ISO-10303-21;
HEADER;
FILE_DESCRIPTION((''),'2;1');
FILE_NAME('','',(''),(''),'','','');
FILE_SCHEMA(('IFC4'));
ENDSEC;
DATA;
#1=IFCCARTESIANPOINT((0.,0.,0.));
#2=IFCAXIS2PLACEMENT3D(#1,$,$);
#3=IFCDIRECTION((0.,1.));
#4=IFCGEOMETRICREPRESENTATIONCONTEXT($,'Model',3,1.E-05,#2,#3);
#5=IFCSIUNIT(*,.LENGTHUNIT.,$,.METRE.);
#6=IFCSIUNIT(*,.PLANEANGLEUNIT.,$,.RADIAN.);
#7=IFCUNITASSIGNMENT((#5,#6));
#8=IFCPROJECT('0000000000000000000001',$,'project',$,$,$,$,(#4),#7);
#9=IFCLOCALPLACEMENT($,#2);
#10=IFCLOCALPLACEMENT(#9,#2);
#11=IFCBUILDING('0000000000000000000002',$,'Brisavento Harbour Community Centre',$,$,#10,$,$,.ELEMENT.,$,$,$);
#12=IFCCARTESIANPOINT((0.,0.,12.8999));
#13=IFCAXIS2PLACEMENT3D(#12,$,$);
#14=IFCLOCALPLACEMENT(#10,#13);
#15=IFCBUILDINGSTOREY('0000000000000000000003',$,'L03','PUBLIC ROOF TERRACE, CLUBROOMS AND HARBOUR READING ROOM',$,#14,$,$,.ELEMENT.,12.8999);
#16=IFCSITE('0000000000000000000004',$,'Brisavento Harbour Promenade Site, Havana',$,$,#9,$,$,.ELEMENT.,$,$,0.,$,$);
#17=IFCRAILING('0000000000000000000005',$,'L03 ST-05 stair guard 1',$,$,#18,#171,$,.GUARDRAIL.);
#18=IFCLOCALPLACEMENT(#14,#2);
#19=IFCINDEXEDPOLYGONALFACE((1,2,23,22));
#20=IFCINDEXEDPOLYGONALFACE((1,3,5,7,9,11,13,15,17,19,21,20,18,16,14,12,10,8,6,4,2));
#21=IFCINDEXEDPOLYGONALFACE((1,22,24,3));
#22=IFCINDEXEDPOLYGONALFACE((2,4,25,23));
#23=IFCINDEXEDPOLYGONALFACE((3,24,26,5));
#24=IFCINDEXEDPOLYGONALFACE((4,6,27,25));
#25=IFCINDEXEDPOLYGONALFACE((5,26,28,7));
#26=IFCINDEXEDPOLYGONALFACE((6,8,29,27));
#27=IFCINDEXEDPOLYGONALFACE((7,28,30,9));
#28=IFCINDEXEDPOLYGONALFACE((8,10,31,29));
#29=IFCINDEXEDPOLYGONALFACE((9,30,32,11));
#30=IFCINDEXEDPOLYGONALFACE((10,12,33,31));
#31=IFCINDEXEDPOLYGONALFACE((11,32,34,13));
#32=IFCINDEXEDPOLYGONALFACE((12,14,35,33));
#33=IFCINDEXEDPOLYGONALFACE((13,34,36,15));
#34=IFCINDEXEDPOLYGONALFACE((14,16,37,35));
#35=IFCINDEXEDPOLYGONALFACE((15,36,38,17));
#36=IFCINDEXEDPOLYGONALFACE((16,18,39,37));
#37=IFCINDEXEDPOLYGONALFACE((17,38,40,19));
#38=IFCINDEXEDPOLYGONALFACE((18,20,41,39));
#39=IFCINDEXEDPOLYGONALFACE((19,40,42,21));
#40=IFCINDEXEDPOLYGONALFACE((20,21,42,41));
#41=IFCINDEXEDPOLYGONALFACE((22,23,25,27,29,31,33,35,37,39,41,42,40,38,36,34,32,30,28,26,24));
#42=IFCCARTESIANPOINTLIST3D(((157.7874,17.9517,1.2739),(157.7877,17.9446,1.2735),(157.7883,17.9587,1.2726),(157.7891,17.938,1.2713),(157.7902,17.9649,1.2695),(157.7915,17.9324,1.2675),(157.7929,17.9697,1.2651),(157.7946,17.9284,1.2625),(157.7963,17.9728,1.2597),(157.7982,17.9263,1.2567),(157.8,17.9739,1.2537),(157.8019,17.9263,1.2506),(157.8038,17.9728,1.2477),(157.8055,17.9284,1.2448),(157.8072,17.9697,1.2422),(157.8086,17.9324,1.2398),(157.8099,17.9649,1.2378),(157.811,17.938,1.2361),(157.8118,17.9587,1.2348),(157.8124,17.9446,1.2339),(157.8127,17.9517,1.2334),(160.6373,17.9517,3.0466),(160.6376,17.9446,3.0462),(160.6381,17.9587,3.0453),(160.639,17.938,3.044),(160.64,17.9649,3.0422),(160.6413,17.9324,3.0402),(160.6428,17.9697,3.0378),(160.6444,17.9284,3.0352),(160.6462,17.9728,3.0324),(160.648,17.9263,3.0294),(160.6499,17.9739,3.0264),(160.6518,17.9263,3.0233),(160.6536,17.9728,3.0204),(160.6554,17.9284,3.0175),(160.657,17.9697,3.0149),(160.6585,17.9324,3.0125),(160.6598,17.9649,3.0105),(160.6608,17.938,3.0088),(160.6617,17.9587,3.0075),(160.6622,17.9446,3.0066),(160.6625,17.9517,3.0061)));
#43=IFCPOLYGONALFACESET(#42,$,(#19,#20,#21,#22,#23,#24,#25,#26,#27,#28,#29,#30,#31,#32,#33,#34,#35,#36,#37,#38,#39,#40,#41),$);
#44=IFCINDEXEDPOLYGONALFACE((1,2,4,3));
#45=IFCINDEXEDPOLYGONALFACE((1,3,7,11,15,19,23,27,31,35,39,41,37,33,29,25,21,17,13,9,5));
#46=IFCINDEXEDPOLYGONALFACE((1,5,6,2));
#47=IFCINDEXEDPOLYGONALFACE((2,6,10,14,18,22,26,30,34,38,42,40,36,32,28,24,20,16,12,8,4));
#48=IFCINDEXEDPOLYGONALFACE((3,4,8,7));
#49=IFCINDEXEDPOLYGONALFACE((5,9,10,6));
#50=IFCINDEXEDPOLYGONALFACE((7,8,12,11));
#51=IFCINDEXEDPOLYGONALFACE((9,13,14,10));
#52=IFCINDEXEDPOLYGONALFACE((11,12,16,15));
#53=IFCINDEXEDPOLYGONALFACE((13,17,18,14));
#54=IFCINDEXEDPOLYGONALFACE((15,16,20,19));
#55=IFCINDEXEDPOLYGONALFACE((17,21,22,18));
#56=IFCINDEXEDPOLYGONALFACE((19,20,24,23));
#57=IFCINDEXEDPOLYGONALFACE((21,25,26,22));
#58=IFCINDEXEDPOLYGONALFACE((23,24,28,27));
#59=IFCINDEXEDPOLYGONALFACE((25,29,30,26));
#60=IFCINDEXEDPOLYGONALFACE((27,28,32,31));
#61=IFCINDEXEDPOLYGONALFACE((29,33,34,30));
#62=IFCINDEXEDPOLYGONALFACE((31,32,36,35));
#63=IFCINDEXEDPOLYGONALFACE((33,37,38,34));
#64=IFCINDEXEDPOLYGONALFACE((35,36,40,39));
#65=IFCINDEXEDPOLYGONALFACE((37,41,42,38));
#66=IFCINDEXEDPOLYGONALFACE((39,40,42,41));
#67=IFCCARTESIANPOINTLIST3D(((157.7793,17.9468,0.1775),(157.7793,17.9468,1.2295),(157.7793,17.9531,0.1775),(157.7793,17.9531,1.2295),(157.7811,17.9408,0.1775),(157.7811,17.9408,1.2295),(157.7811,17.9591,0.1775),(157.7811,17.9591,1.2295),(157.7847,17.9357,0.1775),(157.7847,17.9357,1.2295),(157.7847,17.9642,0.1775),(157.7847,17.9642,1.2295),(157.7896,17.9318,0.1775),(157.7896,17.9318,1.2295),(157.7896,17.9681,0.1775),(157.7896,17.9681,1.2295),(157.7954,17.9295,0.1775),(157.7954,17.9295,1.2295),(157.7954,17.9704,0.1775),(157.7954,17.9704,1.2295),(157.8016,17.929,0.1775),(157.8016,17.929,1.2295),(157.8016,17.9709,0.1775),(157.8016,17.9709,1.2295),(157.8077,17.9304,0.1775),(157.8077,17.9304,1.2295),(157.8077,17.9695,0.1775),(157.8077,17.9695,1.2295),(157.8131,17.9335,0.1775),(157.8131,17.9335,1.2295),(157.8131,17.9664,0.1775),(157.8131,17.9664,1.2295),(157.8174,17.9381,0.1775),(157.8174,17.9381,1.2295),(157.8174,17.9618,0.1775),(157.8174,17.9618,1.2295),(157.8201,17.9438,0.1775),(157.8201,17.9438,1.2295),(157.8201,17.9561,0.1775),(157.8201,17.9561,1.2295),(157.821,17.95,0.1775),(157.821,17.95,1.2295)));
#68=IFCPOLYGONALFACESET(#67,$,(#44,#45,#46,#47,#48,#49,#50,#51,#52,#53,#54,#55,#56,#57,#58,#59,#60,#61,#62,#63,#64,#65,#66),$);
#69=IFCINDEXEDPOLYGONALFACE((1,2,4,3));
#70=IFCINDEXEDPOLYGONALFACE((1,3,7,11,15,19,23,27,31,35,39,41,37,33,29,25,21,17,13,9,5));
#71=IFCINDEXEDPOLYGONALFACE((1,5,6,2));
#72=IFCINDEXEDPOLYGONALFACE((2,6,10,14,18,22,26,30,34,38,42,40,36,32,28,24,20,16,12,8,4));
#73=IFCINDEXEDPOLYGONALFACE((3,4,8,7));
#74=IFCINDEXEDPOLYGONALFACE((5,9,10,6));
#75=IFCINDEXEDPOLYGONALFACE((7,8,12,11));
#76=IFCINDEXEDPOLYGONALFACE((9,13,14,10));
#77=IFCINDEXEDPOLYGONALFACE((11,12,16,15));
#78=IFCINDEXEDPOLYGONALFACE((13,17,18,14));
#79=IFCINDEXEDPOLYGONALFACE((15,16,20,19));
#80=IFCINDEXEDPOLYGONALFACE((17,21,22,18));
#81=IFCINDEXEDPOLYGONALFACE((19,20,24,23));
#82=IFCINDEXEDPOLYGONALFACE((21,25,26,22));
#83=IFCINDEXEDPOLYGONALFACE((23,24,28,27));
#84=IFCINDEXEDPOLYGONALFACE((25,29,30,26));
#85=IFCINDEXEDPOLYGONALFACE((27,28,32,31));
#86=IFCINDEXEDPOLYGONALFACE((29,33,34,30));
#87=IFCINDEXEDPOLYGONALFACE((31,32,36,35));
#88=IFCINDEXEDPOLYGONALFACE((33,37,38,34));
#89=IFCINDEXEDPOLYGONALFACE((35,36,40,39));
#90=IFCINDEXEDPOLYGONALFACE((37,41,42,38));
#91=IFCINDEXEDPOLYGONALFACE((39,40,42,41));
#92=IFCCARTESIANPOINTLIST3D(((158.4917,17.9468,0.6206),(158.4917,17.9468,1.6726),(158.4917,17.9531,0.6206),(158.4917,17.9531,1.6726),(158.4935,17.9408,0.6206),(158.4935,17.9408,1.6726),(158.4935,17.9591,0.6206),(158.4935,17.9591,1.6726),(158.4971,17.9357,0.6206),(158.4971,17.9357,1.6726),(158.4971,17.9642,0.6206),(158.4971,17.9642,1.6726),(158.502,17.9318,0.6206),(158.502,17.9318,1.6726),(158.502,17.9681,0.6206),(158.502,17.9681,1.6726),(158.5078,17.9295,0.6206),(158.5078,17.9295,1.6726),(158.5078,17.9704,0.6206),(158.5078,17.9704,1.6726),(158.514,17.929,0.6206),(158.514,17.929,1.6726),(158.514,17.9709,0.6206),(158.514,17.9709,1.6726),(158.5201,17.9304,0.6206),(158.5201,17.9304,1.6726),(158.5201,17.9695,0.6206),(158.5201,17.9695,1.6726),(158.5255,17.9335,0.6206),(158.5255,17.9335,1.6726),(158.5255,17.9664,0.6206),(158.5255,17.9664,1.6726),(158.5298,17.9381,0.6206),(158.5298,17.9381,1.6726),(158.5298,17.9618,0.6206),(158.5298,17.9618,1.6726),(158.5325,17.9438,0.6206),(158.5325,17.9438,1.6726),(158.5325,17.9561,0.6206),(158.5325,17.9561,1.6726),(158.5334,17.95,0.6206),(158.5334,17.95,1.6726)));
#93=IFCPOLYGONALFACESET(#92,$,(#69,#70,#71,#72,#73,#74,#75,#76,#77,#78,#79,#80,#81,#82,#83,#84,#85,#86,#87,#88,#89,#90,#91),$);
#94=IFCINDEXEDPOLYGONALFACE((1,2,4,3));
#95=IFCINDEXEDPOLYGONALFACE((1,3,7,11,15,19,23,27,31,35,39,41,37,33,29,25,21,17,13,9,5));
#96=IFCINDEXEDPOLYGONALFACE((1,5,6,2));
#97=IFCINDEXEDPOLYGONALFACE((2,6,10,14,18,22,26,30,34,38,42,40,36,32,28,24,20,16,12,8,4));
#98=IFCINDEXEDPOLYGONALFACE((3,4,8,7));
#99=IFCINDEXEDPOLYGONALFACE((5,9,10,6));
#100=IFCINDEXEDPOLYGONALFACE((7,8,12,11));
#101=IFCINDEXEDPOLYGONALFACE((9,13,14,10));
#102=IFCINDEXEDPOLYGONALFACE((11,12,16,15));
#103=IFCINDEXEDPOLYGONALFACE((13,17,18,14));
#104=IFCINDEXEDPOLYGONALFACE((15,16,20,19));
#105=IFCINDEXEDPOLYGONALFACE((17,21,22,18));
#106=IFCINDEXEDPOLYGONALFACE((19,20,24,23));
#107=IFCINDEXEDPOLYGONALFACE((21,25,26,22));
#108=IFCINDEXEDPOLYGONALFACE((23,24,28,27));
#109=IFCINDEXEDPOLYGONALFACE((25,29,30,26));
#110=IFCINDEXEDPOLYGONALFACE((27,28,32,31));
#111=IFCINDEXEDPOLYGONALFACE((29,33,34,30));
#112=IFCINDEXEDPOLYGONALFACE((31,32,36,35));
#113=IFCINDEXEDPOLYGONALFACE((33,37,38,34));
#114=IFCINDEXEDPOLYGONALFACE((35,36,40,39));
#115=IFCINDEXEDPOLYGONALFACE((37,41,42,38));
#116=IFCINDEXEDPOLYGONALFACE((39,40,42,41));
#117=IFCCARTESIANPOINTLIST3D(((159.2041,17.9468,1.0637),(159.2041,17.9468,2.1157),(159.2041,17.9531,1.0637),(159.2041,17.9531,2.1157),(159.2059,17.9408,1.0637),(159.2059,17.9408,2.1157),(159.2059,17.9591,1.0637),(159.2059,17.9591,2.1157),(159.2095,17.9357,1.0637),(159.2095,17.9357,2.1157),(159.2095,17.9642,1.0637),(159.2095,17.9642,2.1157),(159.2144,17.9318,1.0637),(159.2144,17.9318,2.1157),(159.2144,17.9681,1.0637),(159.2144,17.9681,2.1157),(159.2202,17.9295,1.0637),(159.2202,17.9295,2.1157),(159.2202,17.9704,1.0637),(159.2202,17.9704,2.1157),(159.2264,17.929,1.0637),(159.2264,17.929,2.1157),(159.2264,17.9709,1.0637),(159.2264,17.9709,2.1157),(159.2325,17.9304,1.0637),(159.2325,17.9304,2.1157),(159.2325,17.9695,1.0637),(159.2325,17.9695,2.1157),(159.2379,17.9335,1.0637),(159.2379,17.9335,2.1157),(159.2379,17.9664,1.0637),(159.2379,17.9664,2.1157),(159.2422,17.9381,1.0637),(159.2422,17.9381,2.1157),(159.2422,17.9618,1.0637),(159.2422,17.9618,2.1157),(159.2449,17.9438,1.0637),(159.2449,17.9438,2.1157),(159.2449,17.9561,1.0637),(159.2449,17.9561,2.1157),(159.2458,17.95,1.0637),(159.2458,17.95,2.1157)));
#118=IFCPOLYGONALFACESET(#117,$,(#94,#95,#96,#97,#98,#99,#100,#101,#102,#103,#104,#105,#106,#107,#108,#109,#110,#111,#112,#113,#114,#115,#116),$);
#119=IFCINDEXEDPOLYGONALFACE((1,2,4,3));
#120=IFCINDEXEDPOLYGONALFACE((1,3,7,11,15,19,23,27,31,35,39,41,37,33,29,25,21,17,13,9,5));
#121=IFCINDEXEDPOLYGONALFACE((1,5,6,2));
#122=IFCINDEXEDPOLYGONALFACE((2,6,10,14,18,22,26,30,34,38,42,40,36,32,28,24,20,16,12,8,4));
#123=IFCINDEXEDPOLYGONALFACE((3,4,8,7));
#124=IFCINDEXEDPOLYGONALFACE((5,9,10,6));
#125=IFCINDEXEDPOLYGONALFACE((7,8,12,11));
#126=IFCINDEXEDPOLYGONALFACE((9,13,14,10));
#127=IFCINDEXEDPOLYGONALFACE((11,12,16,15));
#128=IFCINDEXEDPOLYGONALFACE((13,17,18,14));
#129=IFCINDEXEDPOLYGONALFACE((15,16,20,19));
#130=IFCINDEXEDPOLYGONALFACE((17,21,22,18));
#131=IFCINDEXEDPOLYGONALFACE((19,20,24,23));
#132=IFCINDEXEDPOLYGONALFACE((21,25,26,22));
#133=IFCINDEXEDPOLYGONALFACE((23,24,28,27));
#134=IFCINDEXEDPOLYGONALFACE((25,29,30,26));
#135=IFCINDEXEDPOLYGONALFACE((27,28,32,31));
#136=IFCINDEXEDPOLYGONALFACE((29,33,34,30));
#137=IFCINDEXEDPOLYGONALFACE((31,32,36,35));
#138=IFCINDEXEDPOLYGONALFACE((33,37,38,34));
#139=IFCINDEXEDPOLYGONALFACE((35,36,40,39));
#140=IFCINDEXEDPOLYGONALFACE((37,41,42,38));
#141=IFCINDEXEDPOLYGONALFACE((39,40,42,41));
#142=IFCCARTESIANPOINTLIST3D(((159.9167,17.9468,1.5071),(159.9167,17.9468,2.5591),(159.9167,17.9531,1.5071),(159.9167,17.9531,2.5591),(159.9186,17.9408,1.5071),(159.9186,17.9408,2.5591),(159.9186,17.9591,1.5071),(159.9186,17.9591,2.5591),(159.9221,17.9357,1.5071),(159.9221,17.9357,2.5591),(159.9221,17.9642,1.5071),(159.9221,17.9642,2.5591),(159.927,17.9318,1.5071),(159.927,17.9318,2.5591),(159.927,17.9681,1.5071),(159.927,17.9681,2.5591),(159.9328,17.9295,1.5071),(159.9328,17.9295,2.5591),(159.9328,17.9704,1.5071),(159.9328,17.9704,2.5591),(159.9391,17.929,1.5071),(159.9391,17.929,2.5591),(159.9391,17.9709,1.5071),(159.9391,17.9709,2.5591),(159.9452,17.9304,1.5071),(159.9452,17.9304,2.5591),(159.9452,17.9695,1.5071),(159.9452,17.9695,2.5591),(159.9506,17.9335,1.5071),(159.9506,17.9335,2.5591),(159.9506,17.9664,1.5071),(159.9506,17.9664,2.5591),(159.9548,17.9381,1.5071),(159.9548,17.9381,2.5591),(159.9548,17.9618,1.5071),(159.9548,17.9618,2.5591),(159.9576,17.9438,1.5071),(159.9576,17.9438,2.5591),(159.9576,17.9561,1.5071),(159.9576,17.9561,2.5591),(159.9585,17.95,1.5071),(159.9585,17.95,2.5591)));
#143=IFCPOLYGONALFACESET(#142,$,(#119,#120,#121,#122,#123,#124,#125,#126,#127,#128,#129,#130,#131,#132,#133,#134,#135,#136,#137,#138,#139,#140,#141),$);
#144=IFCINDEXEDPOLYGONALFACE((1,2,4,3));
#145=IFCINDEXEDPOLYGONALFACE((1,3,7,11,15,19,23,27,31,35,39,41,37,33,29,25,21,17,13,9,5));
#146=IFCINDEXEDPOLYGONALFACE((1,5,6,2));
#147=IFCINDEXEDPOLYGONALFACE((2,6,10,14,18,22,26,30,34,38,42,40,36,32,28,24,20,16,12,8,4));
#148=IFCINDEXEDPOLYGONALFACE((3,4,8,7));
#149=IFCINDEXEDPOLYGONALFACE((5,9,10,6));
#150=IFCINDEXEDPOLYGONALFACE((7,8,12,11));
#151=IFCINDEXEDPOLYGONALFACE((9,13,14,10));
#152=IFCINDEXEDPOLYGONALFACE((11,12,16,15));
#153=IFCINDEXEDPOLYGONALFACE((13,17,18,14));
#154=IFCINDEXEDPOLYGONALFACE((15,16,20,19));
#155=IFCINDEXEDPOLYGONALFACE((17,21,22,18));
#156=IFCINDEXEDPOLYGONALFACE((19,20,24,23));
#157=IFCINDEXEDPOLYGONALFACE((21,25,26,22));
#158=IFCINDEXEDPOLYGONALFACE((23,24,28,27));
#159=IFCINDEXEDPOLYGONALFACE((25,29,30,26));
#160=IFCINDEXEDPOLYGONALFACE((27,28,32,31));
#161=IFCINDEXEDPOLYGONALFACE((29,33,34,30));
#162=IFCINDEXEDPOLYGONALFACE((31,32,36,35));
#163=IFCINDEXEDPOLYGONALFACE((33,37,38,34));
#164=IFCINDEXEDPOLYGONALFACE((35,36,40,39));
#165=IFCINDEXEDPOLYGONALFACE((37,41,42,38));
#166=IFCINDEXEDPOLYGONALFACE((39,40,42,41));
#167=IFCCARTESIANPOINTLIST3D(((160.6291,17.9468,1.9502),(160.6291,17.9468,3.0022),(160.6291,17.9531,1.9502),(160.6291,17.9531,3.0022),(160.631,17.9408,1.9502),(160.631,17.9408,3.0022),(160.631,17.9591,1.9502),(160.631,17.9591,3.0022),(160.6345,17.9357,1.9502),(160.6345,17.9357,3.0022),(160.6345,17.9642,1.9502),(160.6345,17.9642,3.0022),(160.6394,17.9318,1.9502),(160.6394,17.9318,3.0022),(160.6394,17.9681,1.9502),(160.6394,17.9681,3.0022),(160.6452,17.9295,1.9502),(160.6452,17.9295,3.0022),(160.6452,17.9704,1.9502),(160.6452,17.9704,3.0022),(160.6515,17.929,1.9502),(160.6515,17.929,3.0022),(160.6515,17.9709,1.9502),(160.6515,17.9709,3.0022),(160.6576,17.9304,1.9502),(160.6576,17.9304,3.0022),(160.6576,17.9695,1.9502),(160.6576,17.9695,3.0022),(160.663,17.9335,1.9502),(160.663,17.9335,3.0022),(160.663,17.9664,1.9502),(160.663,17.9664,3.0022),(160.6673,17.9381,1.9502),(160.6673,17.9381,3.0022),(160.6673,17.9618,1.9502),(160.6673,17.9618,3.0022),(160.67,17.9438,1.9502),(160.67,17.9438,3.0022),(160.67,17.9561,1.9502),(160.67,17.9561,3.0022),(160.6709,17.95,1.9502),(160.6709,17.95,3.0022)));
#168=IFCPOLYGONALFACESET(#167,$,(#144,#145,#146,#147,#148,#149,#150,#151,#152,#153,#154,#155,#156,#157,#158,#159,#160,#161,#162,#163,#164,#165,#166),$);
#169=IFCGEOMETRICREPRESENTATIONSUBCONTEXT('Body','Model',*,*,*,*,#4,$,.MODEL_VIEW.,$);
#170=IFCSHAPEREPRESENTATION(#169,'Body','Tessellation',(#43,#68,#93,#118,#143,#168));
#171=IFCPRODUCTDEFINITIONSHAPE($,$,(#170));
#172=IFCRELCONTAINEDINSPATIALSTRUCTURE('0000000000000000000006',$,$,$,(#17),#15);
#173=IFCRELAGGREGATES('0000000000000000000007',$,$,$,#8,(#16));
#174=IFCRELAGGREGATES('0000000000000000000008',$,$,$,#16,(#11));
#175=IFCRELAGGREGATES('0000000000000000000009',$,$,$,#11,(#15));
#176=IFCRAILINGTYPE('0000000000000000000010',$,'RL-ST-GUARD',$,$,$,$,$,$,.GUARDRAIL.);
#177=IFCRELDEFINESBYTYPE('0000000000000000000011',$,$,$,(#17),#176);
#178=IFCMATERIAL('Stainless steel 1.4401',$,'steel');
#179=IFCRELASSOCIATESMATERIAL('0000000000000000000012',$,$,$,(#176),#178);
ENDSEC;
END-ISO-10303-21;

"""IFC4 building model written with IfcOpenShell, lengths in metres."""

from ifc_helpers import new_model, si_unit, direction, frame, origin, origin_2d, place, context, subcontext, project, spatial, circle, extrude, material, type_object, element, save


model = new_model("IFC4")

# Units and contexts
model_context = context("Model", 3, precision=1e-05, world=origin(), true_north=direction((0.0, 1.0)))
body_context = subcontext(model_context, "Body", "Model", "MODEL_VIEW")
ifc_project = project(units=[si_unit("LENGTHUNIT", "METRE"), si_unit("PLANEANGLEUNIT", "RADIAN")], contexts=[model_context])

# Site, building, storey
site_placement = place(None, origin())
site = spatial("IfcSite", under=ifc_project, at=site_placement, Name="Brisavento Harbour Promenade Site, Havana", CompositionType="ELEMENT", RefElevation=0.0)
building_placement = place(site_placement, origin())
building = spatial("IfcBuilding", under=site, at=building_placement, Name="Brisavento Harbour Community Centre", CompositionType="ELEMENT")
storey_placement = place(building_placement, frame((0.0, 0.0, 12.8999)))
storey = spatial("IfcBuildingStorey", under=building, at=storey_placement, Name="L03", Description="PUBLIC ROOF TERRACE, CLUBROOMS AND HARBOUR READING ROOM", CompositionType="ELEMENT", Elevation=12.8999)

# Railing
ifc_material_1 = material(Name="Stainless steel 1.4401", Category="steel")
railing_type_1 = type_object("IfcRailingType", Name="RL-ST-GUARD", PredefinedType="GUARDRAIL", material=ifc_material_1)
railing_1_placement = place(storey_placement, frame((157.8, 17.95, 0.1775)))
element("IfcRailing", 1, at=railing_1_placement, inside=storey, type_object=railing_type_1, Name="L03 ST-05 stair guard 1", PredefinedType="GUARDRAIL", context=body_context, shape_type="SweptSolid", body=[
    extrude(circle(Radius=0.0239, at=origin_2d()), frame((0.0, 0.0, 1.0762), z_axis=(0.849128, 0.0, 0.528187), x_axis=(0.0, 1.0, 0.0)), (0.0, 0.0, 1.0), 3.3562),
    extrude(circle(Radius=0.021, at=origin_2d()), origin(), (0.0, 0.0, 1.0), 1.052),
    extrude(circle(Radius=0.021, at=origin_2d()), frame((0.7124, 0.0, 0.4431)), (0.0, 0.0, 1.0), 1.052),
    extrude(circle(Radius=0.021, at=origin_2d()), frame((1.4248, 0.0, 0.8862)), (0.0, 0.0, 1.0), 1.052),
    extrude(circle(Radius=0.021, at=origin_2d()), frame((2.1375, 0.0, 1.3296)), (0.0, 0.0, 1.0), 1.052),
    extrude(circle(Radius=0.021, at=origin_2d()), frame((2.8499, 0.0, 1.7727)), (0.0, 0.0, 1.0), 1.052),
])

save(model, "model.ifc")
